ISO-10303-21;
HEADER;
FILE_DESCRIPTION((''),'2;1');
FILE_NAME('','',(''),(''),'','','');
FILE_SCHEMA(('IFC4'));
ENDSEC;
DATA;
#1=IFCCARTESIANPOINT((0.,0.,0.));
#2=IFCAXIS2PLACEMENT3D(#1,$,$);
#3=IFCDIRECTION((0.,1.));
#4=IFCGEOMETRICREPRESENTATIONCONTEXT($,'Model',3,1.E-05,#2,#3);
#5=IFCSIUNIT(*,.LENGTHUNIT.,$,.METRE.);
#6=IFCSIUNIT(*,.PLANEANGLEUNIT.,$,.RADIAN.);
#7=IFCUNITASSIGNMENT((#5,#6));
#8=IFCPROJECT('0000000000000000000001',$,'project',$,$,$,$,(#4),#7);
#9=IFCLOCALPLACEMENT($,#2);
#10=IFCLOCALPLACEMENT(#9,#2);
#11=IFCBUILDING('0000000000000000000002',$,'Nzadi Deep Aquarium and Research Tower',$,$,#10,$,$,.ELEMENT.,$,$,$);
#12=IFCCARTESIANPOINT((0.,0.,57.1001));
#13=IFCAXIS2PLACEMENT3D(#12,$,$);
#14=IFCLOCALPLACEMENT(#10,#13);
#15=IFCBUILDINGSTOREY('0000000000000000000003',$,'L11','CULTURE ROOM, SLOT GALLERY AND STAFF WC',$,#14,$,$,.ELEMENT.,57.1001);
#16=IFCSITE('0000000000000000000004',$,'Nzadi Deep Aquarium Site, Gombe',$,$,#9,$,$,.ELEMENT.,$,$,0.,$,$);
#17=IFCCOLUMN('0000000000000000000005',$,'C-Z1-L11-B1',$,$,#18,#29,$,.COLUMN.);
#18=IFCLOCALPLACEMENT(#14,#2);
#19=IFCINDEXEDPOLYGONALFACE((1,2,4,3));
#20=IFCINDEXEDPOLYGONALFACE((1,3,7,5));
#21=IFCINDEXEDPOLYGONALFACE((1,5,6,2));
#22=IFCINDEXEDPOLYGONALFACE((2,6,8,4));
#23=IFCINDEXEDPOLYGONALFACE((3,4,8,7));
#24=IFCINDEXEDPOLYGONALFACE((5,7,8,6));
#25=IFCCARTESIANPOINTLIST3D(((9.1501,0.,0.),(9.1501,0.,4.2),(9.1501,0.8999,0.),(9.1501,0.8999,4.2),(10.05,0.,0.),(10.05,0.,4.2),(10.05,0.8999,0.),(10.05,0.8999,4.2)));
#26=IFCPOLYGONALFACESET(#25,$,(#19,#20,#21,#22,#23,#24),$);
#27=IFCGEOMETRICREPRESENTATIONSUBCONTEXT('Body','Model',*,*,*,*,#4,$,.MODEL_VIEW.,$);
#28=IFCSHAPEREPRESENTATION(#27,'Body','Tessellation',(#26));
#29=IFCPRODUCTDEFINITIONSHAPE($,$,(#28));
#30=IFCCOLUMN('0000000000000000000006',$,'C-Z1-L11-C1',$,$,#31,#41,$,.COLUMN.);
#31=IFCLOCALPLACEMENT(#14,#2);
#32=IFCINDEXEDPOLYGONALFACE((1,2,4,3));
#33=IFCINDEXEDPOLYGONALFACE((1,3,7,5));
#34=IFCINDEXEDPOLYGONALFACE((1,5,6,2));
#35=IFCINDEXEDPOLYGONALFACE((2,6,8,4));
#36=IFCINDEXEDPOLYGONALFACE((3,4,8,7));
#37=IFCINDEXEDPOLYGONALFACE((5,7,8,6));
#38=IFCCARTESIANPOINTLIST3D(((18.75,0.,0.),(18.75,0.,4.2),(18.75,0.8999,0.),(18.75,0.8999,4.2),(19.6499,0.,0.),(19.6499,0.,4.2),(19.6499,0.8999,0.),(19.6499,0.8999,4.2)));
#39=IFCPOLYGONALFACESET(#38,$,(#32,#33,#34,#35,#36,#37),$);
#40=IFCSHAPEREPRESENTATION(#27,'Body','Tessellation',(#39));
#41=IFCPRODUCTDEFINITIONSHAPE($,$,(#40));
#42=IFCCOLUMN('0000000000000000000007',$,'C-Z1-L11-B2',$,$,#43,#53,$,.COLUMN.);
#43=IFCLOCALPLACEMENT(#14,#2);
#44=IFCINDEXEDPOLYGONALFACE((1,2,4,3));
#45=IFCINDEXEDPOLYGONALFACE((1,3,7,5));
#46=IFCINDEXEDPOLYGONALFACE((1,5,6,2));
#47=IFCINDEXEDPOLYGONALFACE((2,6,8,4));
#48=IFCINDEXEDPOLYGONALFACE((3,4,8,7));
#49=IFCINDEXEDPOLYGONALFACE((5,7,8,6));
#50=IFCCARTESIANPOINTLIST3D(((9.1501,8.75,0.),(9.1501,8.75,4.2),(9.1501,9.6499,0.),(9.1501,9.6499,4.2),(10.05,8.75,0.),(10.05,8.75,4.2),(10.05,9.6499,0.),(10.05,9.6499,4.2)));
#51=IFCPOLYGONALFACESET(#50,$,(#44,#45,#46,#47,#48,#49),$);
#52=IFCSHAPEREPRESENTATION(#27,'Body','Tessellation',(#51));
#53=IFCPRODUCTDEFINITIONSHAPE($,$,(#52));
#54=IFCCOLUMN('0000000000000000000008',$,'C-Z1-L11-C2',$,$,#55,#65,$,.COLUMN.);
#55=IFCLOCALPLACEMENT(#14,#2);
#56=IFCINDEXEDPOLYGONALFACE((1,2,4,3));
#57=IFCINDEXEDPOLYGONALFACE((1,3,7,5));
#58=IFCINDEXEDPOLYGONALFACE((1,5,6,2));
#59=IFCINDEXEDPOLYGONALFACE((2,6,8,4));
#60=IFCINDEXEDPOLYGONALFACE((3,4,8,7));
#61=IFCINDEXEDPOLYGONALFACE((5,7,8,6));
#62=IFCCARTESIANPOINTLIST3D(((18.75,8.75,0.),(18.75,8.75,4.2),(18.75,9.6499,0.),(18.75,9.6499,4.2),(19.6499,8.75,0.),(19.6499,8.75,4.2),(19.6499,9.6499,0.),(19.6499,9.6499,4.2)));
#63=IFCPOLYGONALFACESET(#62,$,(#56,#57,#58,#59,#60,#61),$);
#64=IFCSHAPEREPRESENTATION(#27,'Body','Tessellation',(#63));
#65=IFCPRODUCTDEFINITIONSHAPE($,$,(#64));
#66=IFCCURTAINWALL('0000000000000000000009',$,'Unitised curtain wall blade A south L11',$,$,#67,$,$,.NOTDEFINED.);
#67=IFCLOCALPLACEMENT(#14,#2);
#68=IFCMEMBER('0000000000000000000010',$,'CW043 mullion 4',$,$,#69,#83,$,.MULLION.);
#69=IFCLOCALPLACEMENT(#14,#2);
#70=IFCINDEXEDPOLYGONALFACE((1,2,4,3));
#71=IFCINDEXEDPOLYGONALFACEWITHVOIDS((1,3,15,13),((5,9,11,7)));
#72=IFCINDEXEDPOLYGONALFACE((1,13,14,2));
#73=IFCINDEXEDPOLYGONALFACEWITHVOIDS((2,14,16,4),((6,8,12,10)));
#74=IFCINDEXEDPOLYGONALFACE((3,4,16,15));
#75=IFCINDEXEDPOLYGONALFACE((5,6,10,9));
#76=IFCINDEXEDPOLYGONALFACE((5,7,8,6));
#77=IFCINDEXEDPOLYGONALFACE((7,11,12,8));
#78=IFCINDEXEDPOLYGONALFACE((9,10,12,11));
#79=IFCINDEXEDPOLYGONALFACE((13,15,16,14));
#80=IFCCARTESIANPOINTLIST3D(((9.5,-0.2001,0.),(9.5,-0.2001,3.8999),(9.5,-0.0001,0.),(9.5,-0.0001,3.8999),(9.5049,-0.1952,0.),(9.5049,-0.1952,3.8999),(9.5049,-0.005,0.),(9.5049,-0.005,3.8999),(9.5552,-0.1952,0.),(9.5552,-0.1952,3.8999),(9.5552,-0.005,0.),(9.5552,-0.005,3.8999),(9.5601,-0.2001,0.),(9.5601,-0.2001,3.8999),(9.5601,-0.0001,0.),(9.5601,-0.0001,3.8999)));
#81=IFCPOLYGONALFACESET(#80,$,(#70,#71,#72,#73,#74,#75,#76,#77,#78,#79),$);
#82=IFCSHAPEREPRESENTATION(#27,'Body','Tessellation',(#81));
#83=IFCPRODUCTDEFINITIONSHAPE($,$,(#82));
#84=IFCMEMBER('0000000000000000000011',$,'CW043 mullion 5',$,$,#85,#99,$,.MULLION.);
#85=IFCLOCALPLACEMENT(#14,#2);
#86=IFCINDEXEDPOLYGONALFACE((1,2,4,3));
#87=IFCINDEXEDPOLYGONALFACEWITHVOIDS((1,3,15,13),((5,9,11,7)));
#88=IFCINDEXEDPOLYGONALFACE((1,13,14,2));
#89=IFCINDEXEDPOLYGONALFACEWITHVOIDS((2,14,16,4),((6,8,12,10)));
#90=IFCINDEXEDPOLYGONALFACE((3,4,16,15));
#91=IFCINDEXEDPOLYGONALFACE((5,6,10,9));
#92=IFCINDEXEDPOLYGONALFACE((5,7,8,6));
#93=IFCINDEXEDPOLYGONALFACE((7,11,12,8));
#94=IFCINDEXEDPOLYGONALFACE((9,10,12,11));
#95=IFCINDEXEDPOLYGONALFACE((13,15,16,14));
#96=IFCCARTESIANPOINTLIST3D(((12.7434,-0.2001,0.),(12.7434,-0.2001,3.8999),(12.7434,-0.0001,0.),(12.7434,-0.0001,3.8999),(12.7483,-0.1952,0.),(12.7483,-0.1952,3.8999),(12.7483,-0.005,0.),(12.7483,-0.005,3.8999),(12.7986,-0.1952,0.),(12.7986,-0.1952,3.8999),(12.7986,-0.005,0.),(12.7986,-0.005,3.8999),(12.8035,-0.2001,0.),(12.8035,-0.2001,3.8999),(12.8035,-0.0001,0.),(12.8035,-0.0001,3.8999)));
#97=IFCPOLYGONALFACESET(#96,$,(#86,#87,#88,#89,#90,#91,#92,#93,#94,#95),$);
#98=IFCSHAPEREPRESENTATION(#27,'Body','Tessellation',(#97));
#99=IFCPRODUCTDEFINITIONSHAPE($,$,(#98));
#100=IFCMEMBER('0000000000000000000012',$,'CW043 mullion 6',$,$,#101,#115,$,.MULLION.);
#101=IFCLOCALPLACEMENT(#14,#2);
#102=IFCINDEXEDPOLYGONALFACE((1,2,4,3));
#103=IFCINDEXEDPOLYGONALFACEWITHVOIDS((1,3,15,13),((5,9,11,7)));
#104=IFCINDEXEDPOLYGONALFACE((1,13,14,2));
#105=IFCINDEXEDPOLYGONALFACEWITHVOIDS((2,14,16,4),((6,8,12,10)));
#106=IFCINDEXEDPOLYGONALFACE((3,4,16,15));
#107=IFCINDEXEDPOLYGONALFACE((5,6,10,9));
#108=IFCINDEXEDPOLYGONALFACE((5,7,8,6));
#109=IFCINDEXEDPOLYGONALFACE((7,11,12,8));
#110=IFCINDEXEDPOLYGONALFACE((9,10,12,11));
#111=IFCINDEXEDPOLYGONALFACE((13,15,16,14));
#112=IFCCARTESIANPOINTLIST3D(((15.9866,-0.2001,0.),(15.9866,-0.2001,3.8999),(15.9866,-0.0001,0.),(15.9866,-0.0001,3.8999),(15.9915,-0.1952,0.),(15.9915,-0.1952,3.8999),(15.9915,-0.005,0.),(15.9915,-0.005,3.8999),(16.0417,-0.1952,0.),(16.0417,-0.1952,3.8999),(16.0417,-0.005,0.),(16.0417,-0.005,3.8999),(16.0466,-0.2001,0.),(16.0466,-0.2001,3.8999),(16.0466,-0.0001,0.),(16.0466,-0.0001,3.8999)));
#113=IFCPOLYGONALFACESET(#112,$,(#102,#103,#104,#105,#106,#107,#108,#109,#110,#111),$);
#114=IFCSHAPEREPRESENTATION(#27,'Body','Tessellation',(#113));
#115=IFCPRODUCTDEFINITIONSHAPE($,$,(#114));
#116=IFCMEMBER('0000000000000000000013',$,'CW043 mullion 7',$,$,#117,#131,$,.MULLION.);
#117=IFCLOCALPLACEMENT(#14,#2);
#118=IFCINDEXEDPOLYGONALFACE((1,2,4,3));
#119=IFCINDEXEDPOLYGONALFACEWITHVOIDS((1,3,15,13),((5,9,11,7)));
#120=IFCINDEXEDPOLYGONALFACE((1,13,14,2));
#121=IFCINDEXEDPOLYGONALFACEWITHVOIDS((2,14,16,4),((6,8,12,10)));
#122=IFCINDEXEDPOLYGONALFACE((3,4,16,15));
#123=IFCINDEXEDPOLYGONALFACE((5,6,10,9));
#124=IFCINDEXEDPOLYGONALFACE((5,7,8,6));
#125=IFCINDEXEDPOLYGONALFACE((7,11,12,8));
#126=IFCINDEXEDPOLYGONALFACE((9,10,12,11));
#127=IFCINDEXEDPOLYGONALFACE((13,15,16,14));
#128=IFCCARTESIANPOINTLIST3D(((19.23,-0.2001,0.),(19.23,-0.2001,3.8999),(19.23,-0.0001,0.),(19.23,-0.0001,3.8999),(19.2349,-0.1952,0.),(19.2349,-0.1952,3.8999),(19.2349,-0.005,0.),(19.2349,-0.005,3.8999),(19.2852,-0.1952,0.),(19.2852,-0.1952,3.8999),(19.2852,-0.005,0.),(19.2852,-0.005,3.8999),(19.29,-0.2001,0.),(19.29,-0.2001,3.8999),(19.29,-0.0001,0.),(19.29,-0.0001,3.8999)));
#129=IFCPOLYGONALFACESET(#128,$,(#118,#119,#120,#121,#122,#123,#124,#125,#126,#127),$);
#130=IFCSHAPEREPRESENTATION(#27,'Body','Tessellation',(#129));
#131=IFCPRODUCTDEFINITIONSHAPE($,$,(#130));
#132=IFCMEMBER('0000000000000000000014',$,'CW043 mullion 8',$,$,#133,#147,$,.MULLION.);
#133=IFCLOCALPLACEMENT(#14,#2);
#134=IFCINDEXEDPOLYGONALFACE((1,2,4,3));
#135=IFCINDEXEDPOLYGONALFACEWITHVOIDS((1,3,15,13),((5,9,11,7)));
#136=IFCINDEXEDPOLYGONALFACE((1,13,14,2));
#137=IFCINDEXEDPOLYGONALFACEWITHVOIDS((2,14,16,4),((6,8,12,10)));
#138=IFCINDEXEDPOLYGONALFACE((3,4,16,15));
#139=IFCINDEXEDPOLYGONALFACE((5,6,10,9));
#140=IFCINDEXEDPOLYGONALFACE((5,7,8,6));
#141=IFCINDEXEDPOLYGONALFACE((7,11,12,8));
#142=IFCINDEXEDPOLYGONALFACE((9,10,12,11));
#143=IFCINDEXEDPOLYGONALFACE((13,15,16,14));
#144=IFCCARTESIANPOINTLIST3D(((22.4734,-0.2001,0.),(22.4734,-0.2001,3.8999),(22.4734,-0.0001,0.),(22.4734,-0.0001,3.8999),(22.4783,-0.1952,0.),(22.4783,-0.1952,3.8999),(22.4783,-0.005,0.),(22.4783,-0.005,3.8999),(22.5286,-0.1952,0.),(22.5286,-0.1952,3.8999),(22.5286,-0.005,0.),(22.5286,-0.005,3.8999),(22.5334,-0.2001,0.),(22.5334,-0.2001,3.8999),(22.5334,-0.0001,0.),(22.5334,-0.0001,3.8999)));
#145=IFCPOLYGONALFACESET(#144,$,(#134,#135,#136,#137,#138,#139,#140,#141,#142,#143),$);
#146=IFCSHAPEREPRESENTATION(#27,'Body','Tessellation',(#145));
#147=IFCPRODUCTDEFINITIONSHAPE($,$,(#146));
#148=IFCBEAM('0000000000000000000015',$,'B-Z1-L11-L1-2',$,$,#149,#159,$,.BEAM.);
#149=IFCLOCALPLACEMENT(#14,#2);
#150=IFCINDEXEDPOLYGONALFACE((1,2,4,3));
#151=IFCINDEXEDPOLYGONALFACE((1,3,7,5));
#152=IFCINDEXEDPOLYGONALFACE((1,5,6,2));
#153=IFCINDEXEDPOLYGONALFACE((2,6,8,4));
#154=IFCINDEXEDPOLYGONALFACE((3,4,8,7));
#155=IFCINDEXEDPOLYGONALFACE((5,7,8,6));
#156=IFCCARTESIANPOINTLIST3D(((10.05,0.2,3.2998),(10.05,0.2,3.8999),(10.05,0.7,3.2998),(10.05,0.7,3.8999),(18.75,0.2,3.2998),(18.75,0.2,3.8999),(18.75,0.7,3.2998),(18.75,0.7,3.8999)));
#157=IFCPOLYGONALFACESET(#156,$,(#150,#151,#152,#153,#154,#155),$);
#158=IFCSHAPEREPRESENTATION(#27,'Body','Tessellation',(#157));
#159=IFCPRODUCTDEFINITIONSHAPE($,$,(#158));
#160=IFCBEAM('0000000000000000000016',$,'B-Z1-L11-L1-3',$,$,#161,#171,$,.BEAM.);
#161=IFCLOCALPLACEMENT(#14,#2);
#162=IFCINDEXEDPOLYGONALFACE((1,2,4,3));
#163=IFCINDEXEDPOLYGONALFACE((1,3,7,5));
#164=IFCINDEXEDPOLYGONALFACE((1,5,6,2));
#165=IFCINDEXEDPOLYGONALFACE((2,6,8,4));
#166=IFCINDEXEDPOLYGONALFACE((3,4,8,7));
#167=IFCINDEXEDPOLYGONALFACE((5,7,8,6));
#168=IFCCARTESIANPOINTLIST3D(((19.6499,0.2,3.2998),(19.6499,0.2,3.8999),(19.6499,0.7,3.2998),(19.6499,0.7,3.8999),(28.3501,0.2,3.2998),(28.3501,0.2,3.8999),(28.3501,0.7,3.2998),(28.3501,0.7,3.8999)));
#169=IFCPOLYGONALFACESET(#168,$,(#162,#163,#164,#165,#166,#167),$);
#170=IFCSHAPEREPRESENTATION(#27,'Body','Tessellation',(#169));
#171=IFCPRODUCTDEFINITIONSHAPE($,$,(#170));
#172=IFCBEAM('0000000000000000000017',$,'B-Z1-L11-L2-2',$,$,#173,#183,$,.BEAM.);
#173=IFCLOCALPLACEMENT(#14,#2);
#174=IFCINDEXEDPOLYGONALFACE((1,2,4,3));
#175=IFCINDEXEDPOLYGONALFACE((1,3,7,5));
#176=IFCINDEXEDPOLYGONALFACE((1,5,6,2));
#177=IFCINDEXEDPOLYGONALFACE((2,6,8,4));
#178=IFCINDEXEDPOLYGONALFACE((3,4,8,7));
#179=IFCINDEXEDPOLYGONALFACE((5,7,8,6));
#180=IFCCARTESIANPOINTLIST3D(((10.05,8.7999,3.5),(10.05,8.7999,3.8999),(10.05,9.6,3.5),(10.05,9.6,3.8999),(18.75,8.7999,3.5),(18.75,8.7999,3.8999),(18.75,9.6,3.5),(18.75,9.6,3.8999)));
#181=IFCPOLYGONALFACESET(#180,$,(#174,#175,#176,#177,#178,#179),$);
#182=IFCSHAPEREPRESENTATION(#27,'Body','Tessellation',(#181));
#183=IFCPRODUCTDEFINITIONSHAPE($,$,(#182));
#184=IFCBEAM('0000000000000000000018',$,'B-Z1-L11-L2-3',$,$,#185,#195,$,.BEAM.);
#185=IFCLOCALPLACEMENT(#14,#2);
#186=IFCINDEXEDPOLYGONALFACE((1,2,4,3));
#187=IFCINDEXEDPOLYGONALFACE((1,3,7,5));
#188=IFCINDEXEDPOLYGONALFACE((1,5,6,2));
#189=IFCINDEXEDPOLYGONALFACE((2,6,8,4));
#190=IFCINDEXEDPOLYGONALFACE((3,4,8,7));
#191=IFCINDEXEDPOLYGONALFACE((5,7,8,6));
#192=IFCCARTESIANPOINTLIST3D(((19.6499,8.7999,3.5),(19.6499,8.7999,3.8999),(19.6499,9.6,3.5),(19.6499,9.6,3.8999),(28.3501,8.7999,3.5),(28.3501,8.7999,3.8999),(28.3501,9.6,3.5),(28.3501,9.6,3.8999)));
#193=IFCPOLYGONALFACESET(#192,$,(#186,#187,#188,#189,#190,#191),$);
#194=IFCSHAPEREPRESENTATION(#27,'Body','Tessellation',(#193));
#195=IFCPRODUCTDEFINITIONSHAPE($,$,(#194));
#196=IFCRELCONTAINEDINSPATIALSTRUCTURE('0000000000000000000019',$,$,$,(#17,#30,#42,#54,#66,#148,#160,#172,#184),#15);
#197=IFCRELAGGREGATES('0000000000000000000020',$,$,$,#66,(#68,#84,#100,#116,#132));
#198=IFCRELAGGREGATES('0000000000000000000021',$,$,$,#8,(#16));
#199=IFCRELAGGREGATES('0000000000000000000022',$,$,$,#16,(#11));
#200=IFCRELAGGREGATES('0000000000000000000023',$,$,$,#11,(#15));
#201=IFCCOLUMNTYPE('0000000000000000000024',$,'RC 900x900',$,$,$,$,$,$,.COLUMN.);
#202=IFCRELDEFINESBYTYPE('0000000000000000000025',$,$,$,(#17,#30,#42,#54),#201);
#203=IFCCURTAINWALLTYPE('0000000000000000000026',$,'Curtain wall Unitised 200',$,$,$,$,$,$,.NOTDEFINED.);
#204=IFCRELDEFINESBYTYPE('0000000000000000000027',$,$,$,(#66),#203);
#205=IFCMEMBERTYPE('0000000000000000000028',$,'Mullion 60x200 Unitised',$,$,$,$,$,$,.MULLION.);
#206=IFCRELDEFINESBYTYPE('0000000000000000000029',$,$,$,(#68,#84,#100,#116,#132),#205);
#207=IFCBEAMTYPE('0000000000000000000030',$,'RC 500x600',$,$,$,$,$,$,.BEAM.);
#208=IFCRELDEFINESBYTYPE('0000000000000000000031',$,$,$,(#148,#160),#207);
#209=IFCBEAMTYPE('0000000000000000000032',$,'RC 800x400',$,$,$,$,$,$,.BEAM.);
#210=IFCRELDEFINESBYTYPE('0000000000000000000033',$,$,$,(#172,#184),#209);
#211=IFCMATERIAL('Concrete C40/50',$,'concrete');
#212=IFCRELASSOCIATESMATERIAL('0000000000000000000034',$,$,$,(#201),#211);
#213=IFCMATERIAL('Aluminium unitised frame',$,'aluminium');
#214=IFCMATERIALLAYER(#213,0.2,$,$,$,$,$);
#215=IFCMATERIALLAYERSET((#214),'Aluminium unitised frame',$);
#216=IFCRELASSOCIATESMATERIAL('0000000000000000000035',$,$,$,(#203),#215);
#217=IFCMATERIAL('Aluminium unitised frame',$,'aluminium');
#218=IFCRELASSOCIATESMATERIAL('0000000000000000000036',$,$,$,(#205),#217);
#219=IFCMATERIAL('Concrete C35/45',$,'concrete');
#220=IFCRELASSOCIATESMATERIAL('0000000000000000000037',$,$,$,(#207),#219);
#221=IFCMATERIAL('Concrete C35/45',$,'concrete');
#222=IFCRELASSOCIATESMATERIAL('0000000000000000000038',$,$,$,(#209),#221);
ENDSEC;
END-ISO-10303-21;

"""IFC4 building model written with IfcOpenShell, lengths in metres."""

from ifc_helpers import new_model, si_unit, direction, frame, origin, origin_2d, place, context, subcontext, project, spatial, rectangle, hollow_rectangle, extrude, material, layer, layer_set, material_profile, profile_set, type_object, element, aggregate, save


model = new_model("IFC4")

# Units and contexts
model_context = context("Model", 3, precision=1e-05, world=origin(), true_north=direction((0.0, 1.0)))
body_context = subcontext(model_context, "Body", "Model", "MODEL_VIEW")
ifc_project = project(units=[si_unit("LENGTHUNIT", "METRE"), si_unit("PLANEANGLEUNIT", "RADIAN")], contexts=[model_context])

# Site, building, storey
site_placement = place(None, origin())
site = spatial("IfcSite", under=ifc_project, at=site_placement, Name="Nzadi Deep Aquarium Site, Gombe", CompositionType="ELEMENT", RefElevation=0.0)
building_placement = place(site_placement, origin())
building = spatial("IfcBuilding", under=site, at=building_placement, Name="Nzadi Deep Aquarium and Research Tower", CompositionType="ELEMENT")
storey_placement = place(building_placement, frame((0.0, 0.0, 57.1001)))
storey = spatial("IfcBuildingStorey", under=building, at=storey_placement, Name="L11", Description="CULTURE ROOM, SLOT GALLERY AND STAFF WC", CompositionType="ELEMENT", Elevation=57.1001)

# Columns
ifc_material_1 = material(Name="Concrete C40/50", Category="concrete")
ifc_material_profile_1 = material_profile(ifc_material_1, rectangle(XDim=0.8999, YDim=0.8999, at=origin_2d()))
ifc_profile_set_1 = profile_set([ifc_material_profile_1], Name="Concrete C40/50")
column_type = type_object("IfcColumnType", Name="RC 900x900", PredefinedType="COLUMN", material=ifc_profile_set_1)
for number, where, z_axis, x_axis, name in (
    (1, (9.6001, 0.45, 0.0), (0.0, 0.0, 1.0), (1.0, 0.0, 0.0), "C-Z1-L11-B1"),
    (2, (19.2, 0.45, 0.0), (0.0, 0.0, 1.0), (1.0, 0.0, 0.0), "C-Z1-L11-C1"),
    (3, (9.6001, 9.2, 0.0), (0.0, 0.0, 1.0), (1.0, 0.0, 0.0), "C-Z1-L11-B2"),
    (4, (19.2, 9.2, 0.0), (0.0, 0.0, 1.0), (1.0, 0.0, 0.0), "C-Z1-L11-C2"),
):
    element("IfcColumn", number, at=place(storey_placement, frame(where, z_axis=z_axis, x_axis=x_axis)), inside=storey, type_object=column_type, Name=name, PredefinedType="COLUMN", context=body_context, shape_type="SweptSolid", body=[
        extrude(rectangle(XDim=0.8999, YDim=0.8999, at=origin_2d()), origin(), (0.0, 0.0, 1.0), 4.2),
    ])

# Curtain wall, members
ifc_material_2 = material(Name="Aluminium unitised frame", Category="aluminium")
ifc_layer_1 = layer(ifc_material_2, 0.2)
ifc_layer_set_1 = layer_set([ifc_layer_1], Name="Aluminium unitised frame")
curtain_wall_type = type_object("IfcCurtainWallType", Name="Curtain wall Unitised 200", PredefinedType="NOTDEFINED", material=ifc_layer_set_1)
curtain_wall_placement = place(storey_placement, origin())
curtain_wall = element("IfcCurtainWall", 5, at=curtain_wall_placement, inside=storey, type_object=curtain_wall_type, Name="Unitised curtain wall blade A south L11", PredefinedType="NOTDEFINED")
ifc_material_3 = material(Name="Aluminium unitised frame", Category="aluminium")
ifc_material_profile_2 = material_profile(ifc_material_3, hollow_rectangle(XDim=0.2, YDim=0.0601, WallThickness=0.0049, at=origin_2d()))
ifc_profile_set_2 = profile_set([ifc_material_profile_2], Name="Aluminium unitised frame")
member_type_1 = type_object("IfcMemberType", Name="Mullion 60x200 Unitised", PredefinedType="MULLION", material=ifc_profile_set_2)
member_1_placement = place(storey_placement, frame((9.53, -0.1001, 0.0), z_axis=(0.0, 0.0, 1.0), x_axis=(0.0, 1.0, 0.0)))
member_1 = element("IfcMember", 6, at=member_1_placement, type_object=member_type_1, Name="CW043 mullion 4", PredefinedType="MULLION", context=body_context, shape_type="SweptSolid", body=[
    extrude(hollow_rectangle(XDim=0.2, YDim=0.0601, WallThickness=0.0049, at=origin_2d()), origin(), (0.0, 0.0, 1.0), 3.8999),
])
member_2_placement = place(storey_placement, frame((12.7734, -0.1001, 0.0), z_axis=(0.0, 0.0, 1.0), x_axis=(0.0, 1.0, 0.0)))
member_2 = element("IfcMember", 7, at=member_2_placement, type_object=member_type_1, Name="CW043 mullion 5", PredefinedType="MULLION", context=body_context, shape_type="SweptSolid", body=[
    extrude(hollow_rectangle(XDim=0.2, YDim=0.0601, WallThickness=0.0049, at=origin_2d()), origin(), (0.0, 0.0, 1.0), 3.8999),
])
member_3_placement = place(storey_placement, frame((16.0166, -0.1001, 0.0), z_axis=(0.0, 0.0, 1.0), x_axis=(0.0, 1.0, 0.0)))
member_3 = element("IfcMember", 8, at=member_3_placement, type_object=member_type_1, Name="CW043 mullion 6", PredefinedType="MULLION", context=body_context, shape_type="SweptSolid", body=[
    extrude(hollow_rectangle(XDim=0.2, YDim=0.0601, WallThickness=0.0049, at=origin_2d()), origin(), (0.0, 0.0, 1.0), 3.8999),
])
member_4_placement = place(storey_placement, frame((19.26, -0.1001, 0.0), z_axis=(0.0, 0.0, 1.0), x_axis=(0.0, 1.0, 0.0)))
member_4 = element("IfcMember", 9, at=member_4_placement, type_object=member_type_1, Name="CW043 mullion 7", PredefinedType="MULLION", context=body_context, shape_type="SweptSolid", body=[
    extrude(hollow_rectangle(XDim=0.2, YDim=0.0601, WallThickness=0.0049, at=origin_2d()), origin(), (0.0, 0.0, 1.0), 3.8999),
])
member_5_placement = place(storey_placement, frame((22.5034, -0.1001, 0.0), z_axis=(0.0, 0.0, 1.0), x_axis=(0.0, 1.0, 0.0)))
member_5 = element("IfcMember", 10, at=member_5_placement, type_object=member_type_1, Name="CW043 mullion 8", PredefinedType="MULLION", context=body_context, shape_type="SweptSolid", body=[
    extrude(hollow_rectangle(XDim=0.2, YDim=0.0601, WallThickness=0.0049, at=origin_2d()), origin(), (0.0, 0.0, 1.0), 3.8999),
])

# Beams
ifc_material_4 = material(Name="Concrete C35/45", Category="concrete")
ifc_material_profile_3 = material_profile(ifc_material_4, rectangle(XDim=0.5, YDim=0.6001, at=origin_2d()))
ifc_profile_set_3 = profile_set([ifc_material_profile_3], Name="Concrete C35/45")
beam_type_1 = type_object("IfcBeamType", Name="RC 500x600", PredefinedType="BEAM", material=ifc_profile_set_3)
beam_1_placement = place(storey_placement, frame((10.05, 0.45, 3.5999), z_axis=(1.0, 0.0, 0.0), x_axis=(0.0, 1.0, 0.0)))
element("IfcBeam", 11, at=beam_1_placement, inside=storey, type_object=beam_type_1, Name="B-Z1-L11-L1-2", PredefinedType="BEAM", context=body_context, shape_type="SweptSolid", body=[
    extrude(rectangle(XDim=0.5, YDim=0.6001, at=origin_2d()), origin(), (0.0, 0.0, 1.0), 8.7),
])
beam_2_placement = place(storey_placement, frame((19.6499, 0.45, 3.5999), z_axis=(1.0, 0.0, 0.0), x_axis=(0.0, 1.0, 0.0)))
element("IfcBeam", 12, at=beam_2_placement, inside=storey, type_object=beam_type_1, Name="B-Z1-L11-L1-3", PredefinedType="BEAM", context=body_context, shape_type="SweptSolid", body=[
    extrude(rectangle(XDim=0.5, YDim=0.6001, at=origin_2d()), origin(), (0.0, 0.0, 1.0), 8.7002),
])
ifc_material_5 = material(Name="Concrete C35/45", Category="concrete")
ifc_material_profile_4 = material_profile(ifc_material_5, rectangle(XDim=0.8, YDim=0.3999, at=origin_2d()))
ifc_profile_set_4 = profile_set([ifc_material_profile_4], Name="Concrete C35/45")
beam_type_2 = type_object("IfcBeamType", Name="RC 800x400", PredefinedType="BEAM", material=ifc_profile_set_4)
beam_3_placement = place(storey_placement, frame((10.05, 9.2, 3.7), z_axis=(1.0, 0.0, 0.0), x_axis=(0.0, 1.0, 0.0)))
element("IfcBeam", 13, at=beam_3_placement, inside=storey, type_object=beam_type_2, Name="B-Z1-L11-L2-2", PredefinedType="BEAM", context=body_context, shape_type="SweptSolid", body=[
    extrude(rectangle(XDim=0.8, YDim=0.3999, at=origin_2d()), origin(), (0.0, 0.0, 1.0), 8.7),
])
beam_4_placement = place(storey_placement, frame((19.6499, 9.2, 3.7), z_axis=(1.0, 0.0, 0.0), x_axis=(0.0, 1.0, 0.0)))
element("IfcBeam", 14, at=beam_4_placement, inside=storey, type_object=beam_type_2, Name="B-Z1-L11-L2-3", PredefinedType="BEAM", context=body_context, shape_type="SweptSolid", body=[
    extrude(rectangle(XDim=0.8, YDim=0.3999, at=origin_2d()), origin(), (0.0, 0.0, 1.0), 8.7002),
])

aggregate(curtain_wall, [member_1, member_2, member_3, member_4, member_5])

save(model, "model.ifc")
